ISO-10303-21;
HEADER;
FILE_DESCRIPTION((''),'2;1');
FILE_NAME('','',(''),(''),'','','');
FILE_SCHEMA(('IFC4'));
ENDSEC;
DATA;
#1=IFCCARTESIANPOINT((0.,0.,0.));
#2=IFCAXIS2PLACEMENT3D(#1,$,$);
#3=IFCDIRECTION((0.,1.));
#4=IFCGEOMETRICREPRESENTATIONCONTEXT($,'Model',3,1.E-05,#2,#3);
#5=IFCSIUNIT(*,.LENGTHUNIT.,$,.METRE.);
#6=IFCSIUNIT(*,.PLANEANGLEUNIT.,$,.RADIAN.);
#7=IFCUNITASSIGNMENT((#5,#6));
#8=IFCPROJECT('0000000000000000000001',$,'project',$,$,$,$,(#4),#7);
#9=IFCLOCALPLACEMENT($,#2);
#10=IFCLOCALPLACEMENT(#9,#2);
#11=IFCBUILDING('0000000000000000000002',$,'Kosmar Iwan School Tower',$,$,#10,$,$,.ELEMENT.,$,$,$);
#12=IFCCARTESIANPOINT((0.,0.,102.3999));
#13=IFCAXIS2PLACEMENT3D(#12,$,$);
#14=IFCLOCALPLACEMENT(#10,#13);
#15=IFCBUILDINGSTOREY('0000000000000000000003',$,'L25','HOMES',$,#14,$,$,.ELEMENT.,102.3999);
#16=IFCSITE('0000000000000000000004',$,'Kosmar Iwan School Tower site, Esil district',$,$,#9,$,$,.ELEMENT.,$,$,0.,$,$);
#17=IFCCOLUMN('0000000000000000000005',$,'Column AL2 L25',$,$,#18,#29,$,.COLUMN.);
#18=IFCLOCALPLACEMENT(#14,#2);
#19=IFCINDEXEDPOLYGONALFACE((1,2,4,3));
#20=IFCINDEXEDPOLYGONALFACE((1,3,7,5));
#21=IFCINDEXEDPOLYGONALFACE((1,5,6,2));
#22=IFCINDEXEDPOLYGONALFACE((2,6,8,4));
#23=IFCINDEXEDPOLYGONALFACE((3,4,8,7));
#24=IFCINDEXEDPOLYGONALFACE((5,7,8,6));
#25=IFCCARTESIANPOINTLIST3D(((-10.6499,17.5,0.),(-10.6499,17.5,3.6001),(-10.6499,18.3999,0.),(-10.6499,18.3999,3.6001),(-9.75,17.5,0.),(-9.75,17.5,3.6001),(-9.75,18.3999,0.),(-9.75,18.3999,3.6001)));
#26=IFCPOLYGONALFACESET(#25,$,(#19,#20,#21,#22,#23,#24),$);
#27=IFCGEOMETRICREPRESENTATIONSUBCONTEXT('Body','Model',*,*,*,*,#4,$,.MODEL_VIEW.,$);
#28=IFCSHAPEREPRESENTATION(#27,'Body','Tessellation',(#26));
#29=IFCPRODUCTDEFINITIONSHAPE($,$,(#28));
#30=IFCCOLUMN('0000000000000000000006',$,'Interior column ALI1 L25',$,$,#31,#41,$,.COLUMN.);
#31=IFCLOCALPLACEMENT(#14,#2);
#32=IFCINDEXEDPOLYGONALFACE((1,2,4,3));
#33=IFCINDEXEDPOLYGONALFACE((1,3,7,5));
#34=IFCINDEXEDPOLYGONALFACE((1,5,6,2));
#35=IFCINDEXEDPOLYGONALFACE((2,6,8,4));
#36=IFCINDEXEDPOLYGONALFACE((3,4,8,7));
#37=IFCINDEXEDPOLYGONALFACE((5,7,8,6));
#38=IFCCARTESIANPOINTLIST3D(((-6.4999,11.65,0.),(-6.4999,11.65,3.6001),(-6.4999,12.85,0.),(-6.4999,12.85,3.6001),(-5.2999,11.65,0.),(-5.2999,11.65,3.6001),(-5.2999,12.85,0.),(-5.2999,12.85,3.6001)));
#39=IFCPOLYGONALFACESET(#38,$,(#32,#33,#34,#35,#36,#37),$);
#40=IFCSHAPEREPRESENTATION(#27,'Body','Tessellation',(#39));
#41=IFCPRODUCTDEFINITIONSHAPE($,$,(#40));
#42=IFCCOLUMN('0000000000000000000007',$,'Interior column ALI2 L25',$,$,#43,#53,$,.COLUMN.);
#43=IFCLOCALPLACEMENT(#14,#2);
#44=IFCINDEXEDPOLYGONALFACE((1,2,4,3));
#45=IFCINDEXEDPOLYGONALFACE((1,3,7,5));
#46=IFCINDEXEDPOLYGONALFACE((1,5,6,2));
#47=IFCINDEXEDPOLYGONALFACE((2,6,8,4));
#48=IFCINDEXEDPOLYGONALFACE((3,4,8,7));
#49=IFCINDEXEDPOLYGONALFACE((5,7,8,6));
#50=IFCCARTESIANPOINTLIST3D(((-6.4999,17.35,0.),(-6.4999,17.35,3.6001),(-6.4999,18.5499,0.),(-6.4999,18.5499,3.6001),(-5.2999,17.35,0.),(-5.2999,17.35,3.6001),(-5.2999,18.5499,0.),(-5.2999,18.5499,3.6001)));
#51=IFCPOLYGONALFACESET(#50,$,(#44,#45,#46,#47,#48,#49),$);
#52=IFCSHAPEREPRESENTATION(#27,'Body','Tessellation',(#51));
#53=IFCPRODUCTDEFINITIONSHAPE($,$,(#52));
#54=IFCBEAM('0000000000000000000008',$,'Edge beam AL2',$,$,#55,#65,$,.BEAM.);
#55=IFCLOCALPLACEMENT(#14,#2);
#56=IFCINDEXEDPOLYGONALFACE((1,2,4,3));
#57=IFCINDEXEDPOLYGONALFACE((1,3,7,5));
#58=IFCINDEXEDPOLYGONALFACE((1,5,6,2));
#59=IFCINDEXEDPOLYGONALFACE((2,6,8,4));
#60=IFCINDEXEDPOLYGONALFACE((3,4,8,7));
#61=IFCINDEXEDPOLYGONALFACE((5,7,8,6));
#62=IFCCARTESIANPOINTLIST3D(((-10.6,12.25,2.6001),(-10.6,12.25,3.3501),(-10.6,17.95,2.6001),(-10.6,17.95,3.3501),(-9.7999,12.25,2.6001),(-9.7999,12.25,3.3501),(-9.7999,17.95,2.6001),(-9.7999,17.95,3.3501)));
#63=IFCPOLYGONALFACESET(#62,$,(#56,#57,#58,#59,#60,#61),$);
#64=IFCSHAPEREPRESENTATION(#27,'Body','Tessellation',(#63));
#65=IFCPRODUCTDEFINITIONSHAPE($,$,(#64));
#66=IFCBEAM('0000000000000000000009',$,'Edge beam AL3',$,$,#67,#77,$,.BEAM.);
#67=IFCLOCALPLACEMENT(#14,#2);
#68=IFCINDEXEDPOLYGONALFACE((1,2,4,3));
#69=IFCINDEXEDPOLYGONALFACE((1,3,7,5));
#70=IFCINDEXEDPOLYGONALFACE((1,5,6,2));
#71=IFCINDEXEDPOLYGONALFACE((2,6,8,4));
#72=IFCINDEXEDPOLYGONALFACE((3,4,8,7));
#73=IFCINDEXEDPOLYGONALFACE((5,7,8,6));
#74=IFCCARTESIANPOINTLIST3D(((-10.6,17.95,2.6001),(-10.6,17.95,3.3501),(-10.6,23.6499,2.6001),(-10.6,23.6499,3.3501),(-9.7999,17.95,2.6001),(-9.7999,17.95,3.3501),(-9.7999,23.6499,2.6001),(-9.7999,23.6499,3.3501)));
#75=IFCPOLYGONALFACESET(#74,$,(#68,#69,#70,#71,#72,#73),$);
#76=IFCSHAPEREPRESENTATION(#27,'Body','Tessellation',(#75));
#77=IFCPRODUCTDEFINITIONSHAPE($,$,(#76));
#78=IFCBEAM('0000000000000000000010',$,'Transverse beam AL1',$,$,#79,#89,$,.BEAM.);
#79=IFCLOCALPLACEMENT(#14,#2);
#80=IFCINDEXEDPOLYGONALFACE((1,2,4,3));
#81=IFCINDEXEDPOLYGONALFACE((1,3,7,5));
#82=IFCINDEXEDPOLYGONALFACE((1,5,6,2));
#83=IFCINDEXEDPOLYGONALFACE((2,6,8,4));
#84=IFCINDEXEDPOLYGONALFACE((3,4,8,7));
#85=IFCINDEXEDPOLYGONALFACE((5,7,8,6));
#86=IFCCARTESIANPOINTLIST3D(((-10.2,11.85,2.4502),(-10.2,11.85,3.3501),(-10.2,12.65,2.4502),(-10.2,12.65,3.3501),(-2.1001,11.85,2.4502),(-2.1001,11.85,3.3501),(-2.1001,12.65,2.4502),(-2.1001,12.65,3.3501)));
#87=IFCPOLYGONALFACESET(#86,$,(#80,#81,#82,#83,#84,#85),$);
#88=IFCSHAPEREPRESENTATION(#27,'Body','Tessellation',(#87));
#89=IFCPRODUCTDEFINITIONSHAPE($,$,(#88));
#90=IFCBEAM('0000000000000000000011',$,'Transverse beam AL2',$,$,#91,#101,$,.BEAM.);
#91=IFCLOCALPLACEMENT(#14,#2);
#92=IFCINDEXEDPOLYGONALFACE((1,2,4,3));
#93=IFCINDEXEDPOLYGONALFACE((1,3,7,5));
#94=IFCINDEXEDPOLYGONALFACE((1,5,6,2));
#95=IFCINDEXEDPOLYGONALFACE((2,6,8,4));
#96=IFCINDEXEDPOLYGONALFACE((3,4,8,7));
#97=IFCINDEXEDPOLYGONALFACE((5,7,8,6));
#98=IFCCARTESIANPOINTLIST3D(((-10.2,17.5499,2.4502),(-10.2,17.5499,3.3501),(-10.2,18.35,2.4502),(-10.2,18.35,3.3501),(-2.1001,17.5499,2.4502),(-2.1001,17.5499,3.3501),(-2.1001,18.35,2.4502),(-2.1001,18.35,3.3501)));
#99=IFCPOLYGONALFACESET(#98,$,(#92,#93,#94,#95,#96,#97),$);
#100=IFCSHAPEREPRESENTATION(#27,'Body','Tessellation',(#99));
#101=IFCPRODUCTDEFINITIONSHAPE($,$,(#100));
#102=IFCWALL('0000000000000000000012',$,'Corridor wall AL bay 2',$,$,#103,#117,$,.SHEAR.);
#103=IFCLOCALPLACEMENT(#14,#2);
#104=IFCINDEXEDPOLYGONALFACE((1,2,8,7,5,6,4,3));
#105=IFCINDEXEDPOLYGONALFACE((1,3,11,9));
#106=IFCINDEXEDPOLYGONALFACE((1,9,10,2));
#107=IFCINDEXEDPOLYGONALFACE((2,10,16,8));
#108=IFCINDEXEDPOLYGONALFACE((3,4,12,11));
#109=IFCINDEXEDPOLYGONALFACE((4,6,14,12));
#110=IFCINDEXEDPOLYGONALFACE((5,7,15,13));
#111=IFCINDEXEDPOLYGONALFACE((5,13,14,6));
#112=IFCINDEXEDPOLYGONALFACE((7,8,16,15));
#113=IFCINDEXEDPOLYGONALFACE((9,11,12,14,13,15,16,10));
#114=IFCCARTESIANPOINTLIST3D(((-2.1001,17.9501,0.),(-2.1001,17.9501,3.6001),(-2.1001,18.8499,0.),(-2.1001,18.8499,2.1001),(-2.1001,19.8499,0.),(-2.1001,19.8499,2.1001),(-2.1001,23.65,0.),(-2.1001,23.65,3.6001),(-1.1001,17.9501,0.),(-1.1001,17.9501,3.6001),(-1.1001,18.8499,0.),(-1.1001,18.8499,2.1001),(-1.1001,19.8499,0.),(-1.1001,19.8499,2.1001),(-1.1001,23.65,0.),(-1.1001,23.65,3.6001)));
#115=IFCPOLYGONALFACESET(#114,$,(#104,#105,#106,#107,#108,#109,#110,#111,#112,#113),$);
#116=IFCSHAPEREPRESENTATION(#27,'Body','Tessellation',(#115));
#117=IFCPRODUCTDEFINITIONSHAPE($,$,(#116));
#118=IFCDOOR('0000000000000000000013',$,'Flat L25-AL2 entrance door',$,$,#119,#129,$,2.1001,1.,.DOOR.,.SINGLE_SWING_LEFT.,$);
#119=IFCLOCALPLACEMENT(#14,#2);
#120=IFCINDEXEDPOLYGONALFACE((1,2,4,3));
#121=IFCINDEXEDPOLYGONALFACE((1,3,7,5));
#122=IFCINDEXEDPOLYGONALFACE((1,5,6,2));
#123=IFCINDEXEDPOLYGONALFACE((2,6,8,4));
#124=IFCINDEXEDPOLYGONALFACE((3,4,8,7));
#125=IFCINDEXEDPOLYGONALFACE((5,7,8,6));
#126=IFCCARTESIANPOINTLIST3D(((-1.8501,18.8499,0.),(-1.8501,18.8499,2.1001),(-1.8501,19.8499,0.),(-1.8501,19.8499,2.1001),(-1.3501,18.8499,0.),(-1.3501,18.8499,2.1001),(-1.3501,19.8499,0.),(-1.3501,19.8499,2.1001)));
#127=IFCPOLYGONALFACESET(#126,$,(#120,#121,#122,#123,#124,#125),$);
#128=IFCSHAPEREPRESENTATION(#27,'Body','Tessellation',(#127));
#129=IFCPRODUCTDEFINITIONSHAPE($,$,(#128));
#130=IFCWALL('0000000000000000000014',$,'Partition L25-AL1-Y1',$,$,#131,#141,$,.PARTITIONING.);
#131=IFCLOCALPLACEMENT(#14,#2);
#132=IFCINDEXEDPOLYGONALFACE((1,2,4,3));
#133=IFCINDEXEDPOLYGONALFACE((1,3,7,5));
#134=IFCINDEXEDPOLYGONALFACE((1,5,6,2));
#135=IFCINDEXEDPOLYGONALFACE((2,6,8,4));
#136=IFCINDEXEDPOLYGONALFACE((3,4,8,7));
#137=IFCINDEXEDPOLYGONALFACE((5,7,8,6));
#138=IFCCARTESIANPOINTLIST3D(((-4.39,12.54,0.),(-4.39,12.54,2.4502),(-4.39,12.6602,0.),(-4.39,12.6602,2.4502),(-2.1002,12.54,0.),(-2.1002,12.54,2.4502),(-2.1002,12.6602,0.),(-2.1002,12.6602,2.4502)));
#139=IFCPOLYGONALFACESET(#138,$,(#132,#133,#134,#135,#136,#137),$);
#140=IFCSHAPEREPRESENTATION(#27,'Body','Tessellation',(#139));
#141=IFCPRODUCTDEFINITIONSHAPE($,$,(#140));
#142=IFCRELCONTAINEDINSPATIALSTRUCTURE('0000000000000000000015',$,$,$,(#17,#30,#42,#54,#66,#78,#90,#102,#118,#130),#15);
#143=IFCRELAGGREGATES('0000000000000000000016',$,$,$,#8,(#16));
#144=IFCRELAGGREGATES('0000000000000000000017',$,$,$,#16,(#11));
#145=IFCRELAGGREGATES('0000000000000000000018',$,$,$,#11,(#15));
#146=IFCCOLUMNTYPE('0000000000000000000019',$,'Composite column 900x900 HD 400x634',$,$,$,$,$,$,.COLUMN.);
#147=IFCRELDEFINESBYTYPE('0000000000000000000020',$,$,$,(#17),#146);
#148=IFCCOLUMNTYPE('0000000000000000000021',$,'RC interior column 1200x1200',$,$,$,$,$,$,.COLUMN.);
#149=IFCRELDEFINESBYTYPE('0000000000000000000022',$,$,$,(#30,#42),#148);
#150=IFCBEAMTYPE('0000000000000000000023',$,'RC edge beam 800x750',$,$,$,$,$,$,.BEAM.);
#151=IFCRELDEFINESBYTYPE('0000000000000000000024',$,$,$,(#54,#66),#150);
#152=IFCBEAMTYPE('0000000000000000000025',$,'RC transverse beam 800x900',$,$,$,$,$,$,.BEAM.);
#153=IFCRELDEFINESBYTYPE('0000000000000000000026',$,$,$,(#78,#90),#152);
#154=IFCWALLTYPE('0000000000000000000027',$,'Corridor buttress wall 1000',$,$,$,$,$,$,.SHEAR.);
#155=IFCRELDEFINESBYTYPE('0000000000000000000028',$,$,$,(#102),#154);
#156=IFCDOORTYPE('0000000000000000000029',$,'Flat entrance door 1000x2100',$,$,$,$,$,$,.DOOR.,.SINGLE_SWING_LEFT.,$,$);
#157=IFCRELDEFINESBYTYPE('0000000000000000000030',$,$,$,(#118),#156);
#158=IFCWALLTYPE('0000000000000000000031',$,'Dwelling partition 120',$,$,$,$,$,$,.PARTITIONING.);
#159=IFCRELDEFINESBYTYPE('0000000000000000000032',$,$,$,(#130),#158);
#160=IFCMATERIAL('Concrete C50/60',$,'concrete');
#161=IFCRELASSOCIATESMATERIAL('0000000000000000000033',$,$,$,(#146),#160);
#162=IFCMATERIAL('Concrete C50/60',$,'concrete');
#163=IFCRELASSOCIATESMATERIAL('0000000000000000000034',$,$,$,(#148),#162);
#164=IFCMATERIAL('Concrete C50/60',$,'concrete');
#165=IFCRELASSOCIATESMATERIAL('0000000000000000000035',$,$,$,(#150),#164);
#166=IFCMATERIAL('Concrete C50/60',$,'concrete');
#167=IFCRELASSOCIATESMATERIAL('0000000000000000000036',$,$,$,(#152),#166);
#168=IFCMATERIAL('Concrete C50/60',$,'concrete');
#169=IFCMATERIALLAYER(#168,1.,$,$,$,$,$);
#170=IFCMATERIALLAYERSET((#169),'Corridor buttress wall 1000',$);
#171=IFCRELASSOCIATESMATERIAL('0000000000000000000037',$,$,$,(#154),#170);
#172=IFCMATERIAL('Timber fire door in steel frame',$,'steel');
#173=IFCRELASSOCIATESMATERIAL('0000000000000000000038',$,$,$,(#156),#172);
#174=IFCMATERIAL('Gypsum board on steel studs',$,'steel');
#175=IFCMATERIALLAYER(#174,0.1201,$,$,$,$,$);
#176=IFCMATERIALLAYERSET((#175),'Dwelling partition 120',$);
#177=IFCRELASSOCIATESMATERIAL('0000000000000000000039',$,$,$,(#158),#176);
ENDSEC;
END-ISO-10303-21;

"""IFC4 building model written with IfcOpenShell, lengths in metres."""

from ifc_helpers import new_model, si_unit, direction, frame, frame_2d, origin, origin_2d, place, context, subcontext, project, spatial, rectangle, extrude, material, layer, layer_set, material_profile, profile_set, type_object, element, fill, save


model = new_model("IFC4")

# Units and contexts
model_context = context("Model", 3, precision=1e-05, world=origin(), true_north=direction((0.0, 1.0)))
body_context = subcontext(model_context, "Body", "Model", "MODEL_VIEW")
ifc_project = project(units=[si_unit("LENGTHUNIT", "METRE"), si_unit("PLANEANGLEUNIT", "RADIAN")], contexts=[model_context])

# Site, building, storey
site_placement = place(None, origin())
site = spatial("IfcSite", under=ifc_project, at=site_placement, Name="Kosmar Iwan School Tower site, Esil district", CompositionType="ELEMENT", RefElevation=0.0)
building_placement = place(site_placement, origin())
building = spatial("IfcBuilding", under=site, at=building_placement, Name="Kosmar Iwan School Tower", CompositionType="ELEMENT")
storey_placement = place(building_placement, frame((0.0, 0.0, 102.3999)))
storey = spatial("IfcBuildingStorey", under=building, at=storey_placement, Name="L25", Description="HOMES", CompositionType="ELEMENT", Elevation=102.3999)

# Columns
ifc_material_1 = material(Name="Concrete C50/60", Category="concrete")
ifc_material_profile_1 = material_profile(ifc_material_1, rectangle(XDim=0.8999, YDim=0.8999, at=origin_2d()), Name="RC 900x900 + HD 400x634")
ifc_profile_set_1 = profile_set([ifc_material_profile_1], Name="Concrete C50/60")
column_type_1 = type_object("IfcColumnType", Name="Composite column 900x900 HD 400x634", PredefinedType="COLUMN", material=ifc_profile_set_1)
column_placement = place(storey_placement, frame((-10.2, 17.95, 0.0), z_axis=(0.0, 0.0, 1.0), x_axis=(0.0, 1.0, 0.0)))
element("IfcColumn", 1, at=column_placement, inside=storey, type_object=column_type_1, Name="Column AL2 L25", PredefinedType="COLUMN", context=body_context, shape_type="SweptSolid", body=[
    extrude(rectangle(XDim=0.8999, YDim=0.8999, at=origin_2d()), origin(), (0.0, 0.0, 1.0), 3.6001),
])
ifc_material_2 = material(Name="Concrete C50/60", Category="concrete")
ifc_material_profile_2 = material_profile(ifc_material_2, rectangle(XDim=1.2, YDim=1.2, at=origin_2d()), Name="RC 1200x1200")
ifc_profile_set_2 = profile_set([ifc_material_profile_2], Name="Concrete C50/60")
column_type_2 = type_object("IfcColumnType", Name="RC interior column 1200x1200", PredefinedType="COLUMN", material=ifc_profile_set_2)
for number, where, z_axis, x_axis, name in (
    (2, (-5.8999, 12.25, 0.0), (0.0, 0.0, 1.0), (0.0, 1.0, 0.0), "Interior column ALI1 L25"),
    (3, (-5.8999, 17.95, 0.0), (0.0, 0.0, 1.0), (0.0, 1.0, 0.0), "Interior column ALI2 L25"),
):
    element("IfcColumn", number, at=place(storey_placement, frame(where, z_axis=z_axis, x_axis=x_axis)), inside=storey, type_object=column_type_2, Name=name, PredefinedType="COLUMN", context=body_context, shape_type="SweptSolid", body=[
        extrude(rectangle(XDim=1.2, YDim=1.2, at=origin_2d()), origin(), (0.0, 0.0, 1.0), 3.6001),
    ])

# Beams
ifc_material_3 = material(Name="Concrete C50/60", Category="concrete")
ifc_material_profile_3 = material_profile(ifc_material_3, rectangle(XDim=0.8, YDim=0.75, at=origin_2d()), Name="RC 800x750")
ifc_profile_set_3 = profile_set([ifc_material_profile_3], Name="Concrete C50/60")
beam_type_1 = type_object("IfcBeamType", Name="RC edge beam 800x750", PredefinedType="BEAM", material=ifc_profile_set_3)
for number, where, z_axis, x_axis, name in (
    (4, (-10.2, 12.25, 2.9751), (0.0, 1.0, 0.0), (-1.0, 0.0, 0.0), "Edge beam AL2"),
    (5, (-10.2, 17.95, 2.9751), (0.0, 1.0, 0.0), (-1.0, 0.0, 0.0), "Edge beam AL3"),
):
    element("IfcBeam", number, at=place(storey_placement, frame(where, z_axis=z_axis, x_axis=x_axis)), inside=storey, type_object=beam_type_1, Name=name, PredefinedType="BEAM", context=body_context, shape_type="SweptSolid", body=[
        extrude(rectangle(XDim=0.8, YDim=0.75, at=origin_2d()), origin(), (0.0, 0.0, 1.0), 5.7),
    ])
ifc_material_4 = material(Name="Concrete C50/60", Category="concrete")
ifc_material_profile_4 = material_profile(ifc_material_4, rectangle(XDim=0.8, YDim=0.8999, at=origin_2d()), Name="RC 800x900")
ifc_profile_set_4 = profile_set([ifc_material_profile_4], Name="Concrete C50/60")
beam_type_2 = type_object("IfcBeamType", Name="RC transverse beam 800x900", PredefinedType="BEAM", material=ifc_profile_set_4)
for number, where, z_axis, x_axis, name in (
    (6, (-10.2, 12.25, 2.9001), (1.0, 0.0, 0.0), (0.0, 1.0, 0.0), "Transverse beam AL1"),
    (7, (-10.2, 17.95, 2.9001), (1.0, 0.0, 0.0), (0.0, 1.0, 0.0), "Transverse beam AL2"),
):
    element("IfcBeam", number, at=place(storey_placement, frame(where, z_axis=z_axis, x_axis=x_axis)), inside=storey, type_object=beam_type_2, Name=name, PredefinedType="BEAM", context=body_context, shape_type="SweptSolid", body=[
        extrude(rectangle(XDim=0.8, YDim=0.8999, at=origin_2d()), origin(), (0.0, 0.0, 1.0), 8.0999),
    ])

# Wall, opening, door
ifc_material_5 = material(Name="Concrete C50/60", Category="concrete")
ifc_layer_1 = layer(ifc_material_5, 1.0)
ifc_layer_set_1 = layer_set([ifc_layer_1], Name="Corridor buttress wall 1000")
wall_type_1 = type_object("IfcWallType", Name="Corridor buttress wall 1000", PredefinedType="SHEAR", material=ifc_layer_set_1)
wall_1_placement = place(storey_placement, frame((-1.6001, 17.95, 0.0), z_axis=(0.0, 0.0, 1.0), x_axis=(0.0, 1.0, 0.0)))
wall_1 = element("IfcWall", 8, at=wall_1_placement, inside=storey, type_object=wall_type_1, Name="Corridor wall AL bay 2", PredefinedType="SHEAR", context=body_context, shape_type="SweptSolid", body=[
    extrude(rectangle(XDim=5.7, YDim=1.0, at=frame_2d((2.8501, 0.0))), origin(), (0.0, 0.0, 1.0), 3.6001),
])
opening_1_placement = place(wall_1_placement, frame((0.8999, 0.0, 0.0)))
opening_1 = element("IfcOpeningElement", 9, at=opening_1_placement, cuts=wall_1, PredefinedType="OPENING", context=body_context, shape_type="SweptSolid", body=[
    extrude(rectangle(XDim=1.0, YDim=2.1001, at=frame_2d((0.5, 1.05))), frame((0.0, 0.512, 0.0), z_axis=(0.0, -1.0, 0.0), x_axis=(1.0, 0.0, 0.0)), (0.0, 0.0, 1.0), 1.0239),
])
ifc_material_6 = material(Name="Timber fire door in steel frame", Category="steel")
door_type_1 = type_object("IfcDoorType", Name="Flat entrance door 1000x2100", OperationType="SINGLE_SWING_LEFT", PredefinedType="DOOR", material=ifc_material_6)
door_1_placement = place(opening_1_placement, origin())
door_1 = element("IfcDoor", 10, at=door_1_placement, inside=storey, type_object=door_type_1, Name="Flat L25-AL2 entrance door", OperationType="SINGLE_SWING_LEFT", OverallHeight=2.1001, OverallWidth=1.0, PredefinedType="DOOR", context=body_context, shape_type="SweptSolid", body=[
    extrude(rectangle(XDim=1.0, YDim=2.1001, at=frame_2d((0.5, 1.05))), frame((0.0, 0.25, 0.0), z_axis=(0.0, -1.0, 0.0), x_axis=(1.0, 0.0, 0.0)), (0.0, 0.0, 1.0), 0.5),
])
fill(opening_1, door_1)

# Wall
ifc_material_7 = material(Name="Gypsum board on steel studs", Category="steel")
ifc_layer_2 = layer(ifc_material_7, 0.1201)
ifc_layer_set_2 = layer_set([ifc_layer_2], Name="Dwelling partition 120")
wall_type_2 = type_object("IfcWallType", Name="Dwelling partition 120", PredefinedType="PARTITIONING", material=ifc_layer_set_2)
wall_2_placement = place(storey_placement, frame((-2.1001, 12.6001, 0.0), z_axis=(0.0, 0.0, 1.0), x_axis=(-1.0, 0.0, 0.0)))
element("IfcWall", 11, at=wall_2_placement, inside=storey, type_object=wall_type_2, Name="Partition L25-AL1-Y1", PredefinedType="PARTITIONING", context=body_context, shape_type="SweptSolid", body=[
    extrude(rectangle(XDim=2.2898, YDim=0.1201, at=frame_2d((1.145, 0.0))), origin(), (0.0, 0.0, 1.0), 2.4502),
])

save(model, "model.ifc")
